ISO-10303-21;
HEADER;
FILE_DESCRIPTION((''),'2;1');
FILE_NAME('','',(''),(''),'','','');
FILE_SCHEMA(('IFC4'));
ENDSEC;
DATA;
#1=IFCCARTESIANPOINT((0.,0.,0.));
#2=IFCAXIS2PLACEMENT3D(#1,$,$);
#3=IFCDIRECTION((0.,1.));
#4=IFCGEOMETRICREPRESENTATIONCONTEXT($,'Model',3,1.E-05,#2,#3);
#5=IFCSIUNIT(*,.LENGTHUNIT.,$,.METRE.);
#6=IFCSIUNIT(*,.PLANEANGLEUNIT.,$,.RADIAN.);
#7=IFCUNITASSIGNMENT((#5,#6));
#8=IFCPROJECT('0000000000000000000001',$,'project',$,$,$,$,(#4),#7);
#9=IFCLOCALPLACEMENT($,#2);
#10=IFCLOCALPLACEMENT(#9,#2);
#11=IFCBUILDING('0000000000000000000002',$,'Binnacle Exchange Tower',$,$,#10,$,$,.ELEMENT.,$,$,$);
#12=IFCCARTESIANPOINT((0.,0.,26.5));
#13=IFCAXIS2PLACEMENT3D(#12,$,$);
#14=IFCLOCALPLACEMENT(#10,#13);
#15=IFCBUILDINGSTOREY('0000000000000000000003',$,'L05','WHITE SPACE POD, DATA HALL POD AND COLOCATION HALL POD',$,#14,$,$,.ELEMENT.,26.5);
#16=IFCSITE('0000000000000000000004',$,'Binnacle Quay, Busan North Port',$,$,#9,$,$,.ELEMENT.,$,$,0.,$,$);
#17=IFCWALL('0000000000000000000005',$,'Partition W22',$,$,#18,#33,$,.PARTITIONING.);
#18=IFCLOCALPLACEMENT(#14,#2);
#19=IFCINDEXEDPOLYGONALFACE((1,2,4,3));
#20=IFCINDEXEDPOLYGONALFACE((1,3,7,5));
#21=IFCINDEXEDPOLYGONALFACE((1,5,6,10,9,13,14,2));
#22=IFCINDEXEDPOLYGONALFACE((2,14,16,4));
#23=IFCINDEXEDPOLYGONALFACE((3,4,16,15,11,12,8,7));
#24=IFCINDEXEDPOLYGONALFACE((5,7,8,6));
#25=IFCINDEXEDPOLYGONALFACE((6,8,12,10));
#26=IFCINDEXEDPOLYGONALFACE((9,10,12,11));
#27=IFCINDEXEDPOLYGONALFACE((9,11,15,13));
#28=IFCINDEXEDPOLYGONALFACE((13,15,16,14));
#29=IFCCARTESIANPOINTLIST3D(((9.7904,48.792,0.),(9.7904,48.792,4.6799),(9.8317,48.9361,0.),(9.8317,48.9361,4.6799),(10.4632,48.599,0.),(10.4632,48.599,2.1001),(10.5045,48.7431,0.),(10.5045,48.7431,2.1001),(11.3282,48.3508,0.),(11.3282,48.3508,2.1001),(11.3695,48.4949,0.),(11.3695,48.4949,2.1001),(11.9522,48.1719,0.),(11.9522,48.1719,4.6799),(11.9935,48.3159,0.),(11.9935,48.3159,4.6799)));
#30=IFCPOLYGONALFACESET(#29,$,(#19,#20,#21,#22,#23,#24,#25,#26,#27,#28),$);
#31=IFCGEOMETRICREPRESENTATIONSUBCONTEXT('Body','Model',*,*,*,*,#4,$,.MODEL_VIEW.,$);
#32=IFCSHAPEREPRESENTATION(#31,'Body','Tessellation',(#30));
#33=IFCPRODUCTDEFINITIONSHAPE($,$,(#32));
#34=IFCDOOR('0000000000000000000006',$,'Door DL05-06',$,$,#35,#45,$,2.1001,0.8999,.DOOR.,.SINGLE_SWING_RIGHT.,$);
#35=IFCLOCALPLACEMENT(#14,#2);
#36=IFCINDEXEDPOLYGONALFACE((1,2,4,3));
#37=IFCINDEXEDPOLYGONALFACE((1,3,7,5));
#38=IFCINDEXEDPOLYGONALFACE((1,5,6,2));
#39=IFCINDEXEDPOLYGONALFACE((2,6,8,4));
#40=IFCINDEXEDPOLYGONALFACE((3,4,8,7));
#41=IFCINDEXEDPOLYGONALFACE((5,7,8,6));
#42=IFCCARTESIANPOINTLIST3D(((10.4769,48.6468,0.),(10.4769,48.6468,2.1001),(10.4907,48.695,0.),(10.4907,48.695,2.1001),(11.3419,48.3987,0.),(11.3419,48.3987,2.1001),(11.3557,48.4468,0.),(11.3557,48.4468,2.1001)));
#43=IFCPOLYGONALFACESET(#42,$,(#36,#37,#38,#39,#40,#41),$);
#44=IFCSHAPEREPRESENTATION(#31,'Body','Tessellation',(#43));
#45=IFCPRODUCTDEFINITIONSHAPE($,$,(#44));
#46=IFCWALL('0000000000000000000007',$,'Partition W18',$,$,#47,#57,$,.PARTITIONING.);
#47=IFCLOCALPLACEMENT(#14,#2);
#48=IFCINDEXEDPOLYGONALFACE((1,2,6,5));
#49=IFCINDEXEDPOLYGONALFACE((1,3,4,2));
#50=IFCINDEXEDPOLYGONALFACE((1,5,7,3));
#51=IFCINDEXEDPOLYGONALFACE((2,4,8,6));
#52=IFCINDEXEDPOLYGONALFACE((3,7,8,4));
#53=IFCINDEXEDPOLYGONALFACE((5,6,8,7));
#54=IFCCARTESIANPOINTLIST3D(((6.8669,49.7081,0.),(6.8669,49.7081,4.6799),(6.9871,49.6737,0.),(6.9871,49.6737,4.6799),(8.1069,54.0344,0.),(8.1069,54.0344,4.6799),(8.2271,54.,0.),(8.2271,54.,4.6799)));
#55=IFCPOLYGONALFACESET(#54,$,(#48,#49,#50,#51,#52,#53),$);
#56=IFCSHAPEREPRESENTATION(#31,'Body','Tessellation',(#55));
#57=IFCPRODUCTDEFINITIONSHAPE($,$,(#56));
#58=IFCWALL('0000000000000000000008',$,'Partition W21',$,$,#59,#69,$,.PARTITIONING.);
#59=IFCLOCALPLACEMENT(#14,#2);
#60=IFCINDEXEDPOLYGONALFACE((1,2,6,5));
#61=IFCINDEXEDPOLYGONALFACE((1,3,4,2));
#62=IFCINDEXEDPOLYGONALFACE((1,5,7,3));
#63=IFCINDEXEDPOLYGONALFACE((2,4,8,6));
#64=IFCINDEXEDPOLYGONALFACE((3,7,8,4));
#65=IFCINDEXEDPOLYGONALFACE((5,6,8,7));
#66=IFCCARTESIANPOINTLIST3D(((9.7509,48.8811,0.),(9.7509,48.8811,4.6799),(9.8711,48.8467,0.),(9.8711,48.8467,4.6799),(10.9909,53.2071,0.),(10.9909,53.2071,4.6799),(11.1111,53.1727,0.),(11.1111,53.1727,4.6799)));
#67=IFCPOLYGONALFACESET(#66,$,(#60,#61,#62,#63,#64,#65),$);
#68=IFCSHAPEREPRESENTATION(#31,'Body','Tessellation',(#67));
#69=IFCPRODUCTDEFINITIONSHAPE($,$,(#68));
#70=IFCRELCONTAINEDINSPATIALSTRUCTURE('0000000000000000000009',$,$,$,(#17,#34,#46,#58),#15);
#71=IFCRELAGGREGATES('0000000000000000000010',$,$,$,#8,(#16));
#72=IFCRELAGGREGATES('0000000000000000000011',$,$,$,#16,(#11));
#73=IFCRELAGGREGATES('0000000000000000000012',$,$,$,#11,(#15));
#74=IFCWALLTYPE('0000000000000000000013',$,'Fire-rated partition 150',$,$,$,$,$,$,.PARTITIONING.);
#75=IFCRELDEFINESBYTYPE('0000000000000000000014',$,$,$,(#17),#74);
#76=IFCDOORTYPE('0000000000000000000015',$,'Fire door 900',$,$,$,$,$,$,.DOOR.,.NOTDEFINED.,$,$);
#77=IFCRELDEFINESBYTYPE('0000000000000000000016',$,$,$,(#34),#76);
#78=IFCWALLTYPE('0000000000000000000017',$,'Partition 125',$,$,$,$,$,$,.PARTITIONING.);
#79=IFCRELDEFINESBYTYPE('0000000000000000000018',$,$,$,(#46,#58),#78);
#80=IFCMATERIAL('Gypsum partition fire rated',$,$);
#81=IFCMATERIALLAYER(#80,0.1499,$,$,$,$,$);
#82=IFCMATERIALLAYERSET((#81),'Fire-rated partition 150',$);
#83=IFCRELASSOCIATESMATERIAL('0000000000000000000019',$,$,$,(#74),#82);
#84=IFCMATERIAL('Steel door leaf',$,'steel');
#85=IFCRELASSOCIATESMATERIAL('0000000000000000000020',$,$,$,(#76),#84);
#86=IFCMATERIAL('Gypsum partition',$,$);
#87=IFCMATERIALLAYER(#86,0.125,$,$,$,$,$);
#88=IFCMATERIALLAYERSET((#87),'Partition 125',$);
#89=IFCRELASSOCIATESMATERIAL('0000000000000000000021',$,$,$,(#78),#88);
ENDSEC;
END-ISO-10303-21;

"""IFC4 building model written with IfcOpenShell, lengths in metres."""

from ifc_helpers import new_model, si_unit, direction, frame, frame_2d, origin, place, context, subcontext, project, spatial, rectangle, extrude, material, layer, layer_set, type_object, element, fill, save


model = new_model("IFC4")

# Units and contexts
model_context = context("Model", 3, precision=1e-05, world=origin(), true_north=direction((0.0, 1.0)))
body_context = subcontext(model_context, "Body", "Model", "MODEL_VIEW")
ifc_project = project(units=[si_unit("LENGTHUNIT", "METRE"), si_unit("PLANEANGLEUNIT", "RADIAN")], contexts=[model_context])

# Site, building, storey
site_placement = place(None, origin())
site = spatial("IfcSite", under=ifc_project, at=site_placement, Name="Binnacle Quay, Busan North Port", CompositionType="ELEMENT", RefElevation=0.0)
building_placement = place(site_placement, origin())
building = spatial("IfcBuilding", under=site, at=building_placement, Name="Binnacle Exchange Tower", CompositionType="ELEMENT")
storey_placement = place(building_placement, frame((0.0, 0.0, 26.5)))
storey = spatial("IfcBuildingStorey", under=building, at=storey_placement, Name="L05", Description="WHITE SPACE POD, DATA HALL POD AND COLOCATION HALL POD", CompositionType="ELEMENT", Elevation=26.5)

# Wall, opening, door
ifc_material_1 = material(Name="Steel door leaf", Category="steel")
ifc_material_2 = material(Name="Gypsum partition fire rated")
ifc_layer_1 = layer(ifc_material_2, 0.1499)
ifc_layer_set_1 = layer_set([ifc_layer_1], Name="Fire-rated partition 150")
wall_type_1 = type_object("IfcWallType", Name="Fire-rated partition 150", PredefinedType="PARTITIONING", material=ifc_layer_set_1)
door_type_1 = type_object("IfcDoorType", Name="Fire door 900", OperationType="NOTDEFINED", PredefinedType="DOOR", material=ifc_material_1)
wall_1_placement = place(storey_placement, frame((9.811, 48.864, 0.0), z_axis=(0.0, 0.0, 1.0), x_axis=(0.961237, -0.275725, 0.0)))
wall_1 = element("IfcWall", 1, at=wall_1_placement, inside=storey, type_object=wall_type_1, Name="Partition W22", PredefinedType="PARTITIONING", context=body_context, shape_type="SweptSolid", body=[
    extrude(rectangle(XDim=2.249, YDim=0.1499, at=frame_2d((1.1245, 0.0))), origin(), (0.0, 0.0, 1.0), 4.6799),
])
opening_1_placement = place(wall_1_placement, frame((0.7, 0.0, 0.0)))
opening_1 = element("IfcOpeningElement", 2, at=opening_1_placement, cuts=wall_1, PredefinedType="OPENING", context=body_context, shape_type="SweptSolid", body=[
    extrude(rectangle(XDim=0.8999, YDim=2.1001, at=frame_2d((0.45, 1.05))), frame((0.0, 0.085, 0.0), z_axis=(0.0, -1.0, 0.0), x_axis=(1.0, 0.0, 0.0)), (0.0, 0.0, 1.0), 0.1699),
])
door_1_placement = place(opening_1_placement, origin())
door_1 = element("IfcDoor", 3, at=door_1_placement, inside=storey, type_object=door_type_1, Name="Door DL05-06", OperationType="SINGLE_SWING_RIGHT", OverallHeight=2.1001, OverallWidth=0.8999, PredefinedType="DOOR", context=body_context, shape_type="SweptSolid", body=[
    extrude(rectangle(XDim=0.8999, YDim=2.1001, at=frame_2d((0.45, 1.05))), frame((0.0, 0.0249, 0.0), z_axis=(0.0, -1.0, 0.0), x_axis=(1.0, 0.0, 0.0)), (0.0, 0.0, 1.0), 0.05),
])
fill(opening_1, door_1)

# Walls
ifc_material_3 = material(Name="Gypsum partition")
ifc_layer_2 = layer(ifc_material_3, 0.125)
ifc_layer_set_2 = layer_set([ifc_layer_2], Name="Partition 125")
wall_type_2 = type_object("IfcWallType", Name="Partition 125", PredefinedType="PARTITIONING", material=ifc_layer_set_2)
wall_2_placement = place(storey_placement, frame((6.927, 49.6909, 0.0), z_axis=(0.0, 0.0, 1.0), x_axis=(0.275531, 0.961292, 0.0)))
element("IfcWall", 4, at=wall_2_placement, inside=storey, type_object=wall_type_2, Name="Partition W18", PredefinedType="PARTITIONING", context=body_context, shape_type="SweptSolid", body=[
    extrude(rectangle(XDim=4.5005, YDim=0.125, at=frame_2d((2.2502, 0.0))), origin(), (0.0, 0.0, 1.0), 4.6799),
])
wall_3_placement = place(storey_placement, frame((9.811, 48.864, 0.0), z_axis=(0.0, 0.0, 1.0), x_axis=(0.275545, 0.961288, 0.0)))
element("IfcWall", 5, at=wall_3_placement, inside=storey, type_object=wall_type_2, Name="Partition W21", PredefinedType="PARTITIONING", context=body_context, shape_type="SweptSolid", body=[
    extrude(rectangle(XDim=4.5002, YDim=0.125, at=frame_2d((2.25, 0.0))), origin(), (0.0, 0.0, 1.0), 4.6799),
])

save(model, "model.ifc")
